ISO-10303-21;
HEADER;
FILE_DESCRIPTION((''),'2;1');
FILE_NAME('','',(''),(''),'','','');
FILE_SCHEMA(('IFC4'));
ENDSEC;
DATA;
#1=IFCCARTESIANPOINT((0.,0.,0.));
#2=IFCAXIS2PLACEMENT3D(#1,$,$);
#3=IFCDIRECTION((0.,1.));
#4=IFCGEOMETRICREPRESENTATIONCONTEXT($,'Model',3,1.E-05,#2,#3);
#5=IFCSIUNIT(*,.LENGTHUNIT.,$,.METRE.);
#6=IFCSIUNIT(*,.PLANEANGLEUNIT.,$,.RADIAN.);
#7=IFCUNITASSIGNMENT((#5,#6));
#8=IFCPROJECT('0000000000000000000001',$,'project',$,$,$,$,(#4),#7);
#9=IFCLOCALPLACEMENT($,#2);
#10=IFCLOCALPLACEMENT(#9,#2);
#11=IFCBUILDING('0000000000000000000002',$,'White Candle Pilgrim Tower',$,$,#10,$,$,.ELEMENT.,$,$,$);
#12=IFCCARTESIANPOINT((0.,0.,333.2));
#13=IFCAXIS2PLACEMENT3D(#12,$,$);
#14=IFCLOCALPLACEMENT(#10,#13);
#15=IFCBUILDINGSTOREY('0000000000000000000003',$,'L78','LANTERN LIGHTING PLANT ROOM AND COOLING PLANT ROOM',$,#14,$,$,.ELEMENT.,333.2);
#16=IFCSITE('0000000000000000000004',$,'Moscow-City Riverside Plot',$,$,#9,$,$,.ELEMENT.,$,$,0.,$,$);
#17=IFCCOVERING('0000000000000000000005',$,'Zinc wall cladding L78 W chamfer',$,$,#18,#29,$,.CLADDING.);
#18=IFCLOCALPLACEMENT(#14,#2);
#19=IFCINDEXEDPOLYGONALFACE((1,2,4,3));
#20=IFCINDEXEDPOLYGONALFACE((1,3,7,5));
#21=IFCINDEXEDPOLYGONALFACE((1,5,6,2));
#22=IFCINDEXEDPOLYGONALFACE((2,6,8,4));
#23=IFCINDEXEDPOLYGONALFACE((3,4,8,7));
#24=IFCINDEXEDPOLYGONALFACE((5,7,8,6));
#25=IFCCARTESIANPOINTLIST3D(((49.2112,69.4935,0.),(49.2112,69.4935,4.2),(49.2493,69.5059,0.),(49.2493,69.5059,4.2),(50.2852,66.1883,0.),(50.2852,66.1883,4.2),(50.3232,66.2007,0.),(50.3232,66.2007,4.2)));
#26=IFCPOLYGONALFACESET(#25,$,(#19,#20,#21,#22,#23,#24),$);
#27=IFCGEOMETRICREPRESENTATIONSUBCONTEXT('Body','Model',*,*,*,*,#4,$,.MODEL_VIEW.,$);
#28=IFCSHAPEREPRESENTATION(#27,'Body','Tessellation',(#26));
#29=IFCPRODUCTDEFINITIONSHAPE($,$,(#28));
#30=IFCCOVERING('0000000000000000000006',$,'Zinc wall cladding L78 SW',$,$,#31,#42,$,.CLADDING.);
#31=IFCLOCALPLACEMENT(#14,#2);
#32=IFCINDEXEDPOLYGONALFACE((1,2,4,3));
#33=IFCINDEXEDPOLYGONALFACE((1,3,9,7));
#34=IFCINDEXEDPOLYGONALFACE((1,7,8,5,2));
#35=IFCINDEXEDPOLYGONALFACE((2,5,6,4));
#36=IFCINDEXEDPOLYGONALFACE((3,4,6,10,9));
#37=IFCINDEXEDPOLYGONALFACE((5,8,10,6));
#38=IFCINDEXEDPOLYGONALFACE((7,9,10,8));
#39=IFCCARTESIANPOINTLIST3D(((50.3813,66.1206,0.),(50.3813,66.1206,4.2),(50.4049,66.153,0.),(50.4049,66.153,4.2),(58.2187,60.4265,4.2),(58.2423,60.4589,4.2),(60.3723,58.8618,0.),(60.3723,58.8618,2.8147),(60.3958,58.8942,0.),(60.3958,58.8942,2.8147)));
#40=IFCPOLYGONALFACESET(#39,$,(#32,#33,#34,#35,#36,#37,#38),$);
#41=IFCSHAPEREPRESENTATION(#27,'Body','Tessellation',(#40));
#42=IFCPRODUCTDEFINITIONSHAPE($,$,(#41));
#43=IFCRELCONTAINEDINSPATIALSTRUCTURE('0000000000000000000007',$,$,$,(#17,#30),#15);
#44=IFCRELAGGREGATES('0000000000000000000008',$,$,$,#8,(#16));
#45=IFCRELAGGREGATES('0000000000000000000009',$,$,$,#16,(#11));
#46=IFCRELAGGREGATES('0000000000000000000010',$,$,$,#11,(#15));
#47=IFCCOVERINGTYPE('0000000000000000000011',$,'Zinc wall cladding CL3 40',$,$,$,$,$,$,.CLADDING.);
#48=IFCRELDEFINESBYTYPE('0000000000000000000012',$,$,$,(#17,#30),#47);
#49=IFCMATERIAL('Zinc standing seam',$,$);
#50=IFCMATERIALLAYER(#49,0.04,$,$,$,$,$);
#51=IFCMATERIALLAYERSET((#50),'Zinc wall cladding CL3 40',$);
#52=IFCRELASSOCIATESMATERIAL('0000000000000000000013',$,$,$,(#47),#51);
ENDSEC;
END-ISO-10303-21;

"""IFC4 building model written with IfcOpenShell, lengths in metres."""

from ifc_helpers import new_model, si_unit, direction, frame, origin, place, context, subcontext, project, spatial, polyline, outline, extrude, material, layer, layer_set, type_object, element, save


model = new_model("IFC4")

# Units and contexts
model_context = context("Model", 3, precision=1e-05, world=origin(), true_north=direction((0.0, 1.0)))
body_context = subcontext(model_context, "Body", "Model", "MODEL_VIEW")
ifc_project = project(units=[si_unit("LENGTHUNIT", "METRE"), si_unit("PLANEANGLEUNIT", "RADIAN")], contexts=[model_context])

# Site, building, storey
site_placement = place(None, origin())
site = spatial("IfcSite", under=ifc_project, at=site_placement, Name="Moscow-City Riverside Plot", CompositionType="ELEMENT", RefElevation=0.0)
building_placement = place(site_placement, origin())
building = spatial("IfcBuilding", under=site, at=building_placement, Name="White Candle Pilgrim Tower", CompositionType="ELEMENT")
storey_placement = place(building_placement, frame((0.0, 0.0, 333.2)))
storey = spatial("IfcBuildingStorey", under=building, at=storey_placement, Name="L78", Description="LANTERN LIGHTING PLANT ROOM AND COOLING PLANT ROOM", CompositionType="ELEMENT", Elevation=333.2)

# Coverings
ifc_material_1 = material(Name="Zinc standing seam")
ifc_layer_1 = layer(ifc_material_1, 0.04)
ifc_layer_set_1 = layer_set([ifc_layer_1], Name="Zinc wall cladding CL3 40")
covering_type_1 = type_object("IfcCoveringType", Name="Zinc wall cladding CL3 40", PredefinedType="CLADDING", material=ifc_layer_set_1)
covering_1_placement = place(storey_placement, frame((49.2493, 69.5059, 4.2), z_axis=(0.951052, 0.309032, 0.0), x_axis=(0.309032, -0.951052, 0.0)))
element("IfcCovering", 1, at=covering_1_placement, inside=storey, type_object=covering_type_1, Name="Zinc wall cladding L78 W chamfer", PredefinedType="CLADDING", context=body_context, shape_type="SweptSolid", body=[
    extrude(outline(polyline([(0.0, 0.0), (3.4753, 0.0), (3.4753, 4.2), (0.0, 4.2), (0.0, 0.0)])), origin(), (0.0, 0.0, -1.0), 0.04),
])
covering_2_placement = place(storey_placement, frame((50.3813, 66.1206, 4.2), z_axis=(-0.587781, -0.80902, 0.000006), x_axis=(0.80902, -0.587781, 0.0)))
element("IfcCovering", 2, at=covering_2_placement, inside=storey, type_object=covering_type_1, Name="Zinc wall cladding L78 SW", PredefinedType="CLADDING", context=body_context, shape_type="SweptSolid", body=[
    extrude(outline(polyline([(0.0, 0.0), (9.6875, 0.0), (12.3495, -1.3853), (12.3495, -4.2), (0.0, -4.2), (0.0, 0.0)])), origin(), (0.0, 0.0, -1.0), 0.04),
])

save(model, "model.ifc")
